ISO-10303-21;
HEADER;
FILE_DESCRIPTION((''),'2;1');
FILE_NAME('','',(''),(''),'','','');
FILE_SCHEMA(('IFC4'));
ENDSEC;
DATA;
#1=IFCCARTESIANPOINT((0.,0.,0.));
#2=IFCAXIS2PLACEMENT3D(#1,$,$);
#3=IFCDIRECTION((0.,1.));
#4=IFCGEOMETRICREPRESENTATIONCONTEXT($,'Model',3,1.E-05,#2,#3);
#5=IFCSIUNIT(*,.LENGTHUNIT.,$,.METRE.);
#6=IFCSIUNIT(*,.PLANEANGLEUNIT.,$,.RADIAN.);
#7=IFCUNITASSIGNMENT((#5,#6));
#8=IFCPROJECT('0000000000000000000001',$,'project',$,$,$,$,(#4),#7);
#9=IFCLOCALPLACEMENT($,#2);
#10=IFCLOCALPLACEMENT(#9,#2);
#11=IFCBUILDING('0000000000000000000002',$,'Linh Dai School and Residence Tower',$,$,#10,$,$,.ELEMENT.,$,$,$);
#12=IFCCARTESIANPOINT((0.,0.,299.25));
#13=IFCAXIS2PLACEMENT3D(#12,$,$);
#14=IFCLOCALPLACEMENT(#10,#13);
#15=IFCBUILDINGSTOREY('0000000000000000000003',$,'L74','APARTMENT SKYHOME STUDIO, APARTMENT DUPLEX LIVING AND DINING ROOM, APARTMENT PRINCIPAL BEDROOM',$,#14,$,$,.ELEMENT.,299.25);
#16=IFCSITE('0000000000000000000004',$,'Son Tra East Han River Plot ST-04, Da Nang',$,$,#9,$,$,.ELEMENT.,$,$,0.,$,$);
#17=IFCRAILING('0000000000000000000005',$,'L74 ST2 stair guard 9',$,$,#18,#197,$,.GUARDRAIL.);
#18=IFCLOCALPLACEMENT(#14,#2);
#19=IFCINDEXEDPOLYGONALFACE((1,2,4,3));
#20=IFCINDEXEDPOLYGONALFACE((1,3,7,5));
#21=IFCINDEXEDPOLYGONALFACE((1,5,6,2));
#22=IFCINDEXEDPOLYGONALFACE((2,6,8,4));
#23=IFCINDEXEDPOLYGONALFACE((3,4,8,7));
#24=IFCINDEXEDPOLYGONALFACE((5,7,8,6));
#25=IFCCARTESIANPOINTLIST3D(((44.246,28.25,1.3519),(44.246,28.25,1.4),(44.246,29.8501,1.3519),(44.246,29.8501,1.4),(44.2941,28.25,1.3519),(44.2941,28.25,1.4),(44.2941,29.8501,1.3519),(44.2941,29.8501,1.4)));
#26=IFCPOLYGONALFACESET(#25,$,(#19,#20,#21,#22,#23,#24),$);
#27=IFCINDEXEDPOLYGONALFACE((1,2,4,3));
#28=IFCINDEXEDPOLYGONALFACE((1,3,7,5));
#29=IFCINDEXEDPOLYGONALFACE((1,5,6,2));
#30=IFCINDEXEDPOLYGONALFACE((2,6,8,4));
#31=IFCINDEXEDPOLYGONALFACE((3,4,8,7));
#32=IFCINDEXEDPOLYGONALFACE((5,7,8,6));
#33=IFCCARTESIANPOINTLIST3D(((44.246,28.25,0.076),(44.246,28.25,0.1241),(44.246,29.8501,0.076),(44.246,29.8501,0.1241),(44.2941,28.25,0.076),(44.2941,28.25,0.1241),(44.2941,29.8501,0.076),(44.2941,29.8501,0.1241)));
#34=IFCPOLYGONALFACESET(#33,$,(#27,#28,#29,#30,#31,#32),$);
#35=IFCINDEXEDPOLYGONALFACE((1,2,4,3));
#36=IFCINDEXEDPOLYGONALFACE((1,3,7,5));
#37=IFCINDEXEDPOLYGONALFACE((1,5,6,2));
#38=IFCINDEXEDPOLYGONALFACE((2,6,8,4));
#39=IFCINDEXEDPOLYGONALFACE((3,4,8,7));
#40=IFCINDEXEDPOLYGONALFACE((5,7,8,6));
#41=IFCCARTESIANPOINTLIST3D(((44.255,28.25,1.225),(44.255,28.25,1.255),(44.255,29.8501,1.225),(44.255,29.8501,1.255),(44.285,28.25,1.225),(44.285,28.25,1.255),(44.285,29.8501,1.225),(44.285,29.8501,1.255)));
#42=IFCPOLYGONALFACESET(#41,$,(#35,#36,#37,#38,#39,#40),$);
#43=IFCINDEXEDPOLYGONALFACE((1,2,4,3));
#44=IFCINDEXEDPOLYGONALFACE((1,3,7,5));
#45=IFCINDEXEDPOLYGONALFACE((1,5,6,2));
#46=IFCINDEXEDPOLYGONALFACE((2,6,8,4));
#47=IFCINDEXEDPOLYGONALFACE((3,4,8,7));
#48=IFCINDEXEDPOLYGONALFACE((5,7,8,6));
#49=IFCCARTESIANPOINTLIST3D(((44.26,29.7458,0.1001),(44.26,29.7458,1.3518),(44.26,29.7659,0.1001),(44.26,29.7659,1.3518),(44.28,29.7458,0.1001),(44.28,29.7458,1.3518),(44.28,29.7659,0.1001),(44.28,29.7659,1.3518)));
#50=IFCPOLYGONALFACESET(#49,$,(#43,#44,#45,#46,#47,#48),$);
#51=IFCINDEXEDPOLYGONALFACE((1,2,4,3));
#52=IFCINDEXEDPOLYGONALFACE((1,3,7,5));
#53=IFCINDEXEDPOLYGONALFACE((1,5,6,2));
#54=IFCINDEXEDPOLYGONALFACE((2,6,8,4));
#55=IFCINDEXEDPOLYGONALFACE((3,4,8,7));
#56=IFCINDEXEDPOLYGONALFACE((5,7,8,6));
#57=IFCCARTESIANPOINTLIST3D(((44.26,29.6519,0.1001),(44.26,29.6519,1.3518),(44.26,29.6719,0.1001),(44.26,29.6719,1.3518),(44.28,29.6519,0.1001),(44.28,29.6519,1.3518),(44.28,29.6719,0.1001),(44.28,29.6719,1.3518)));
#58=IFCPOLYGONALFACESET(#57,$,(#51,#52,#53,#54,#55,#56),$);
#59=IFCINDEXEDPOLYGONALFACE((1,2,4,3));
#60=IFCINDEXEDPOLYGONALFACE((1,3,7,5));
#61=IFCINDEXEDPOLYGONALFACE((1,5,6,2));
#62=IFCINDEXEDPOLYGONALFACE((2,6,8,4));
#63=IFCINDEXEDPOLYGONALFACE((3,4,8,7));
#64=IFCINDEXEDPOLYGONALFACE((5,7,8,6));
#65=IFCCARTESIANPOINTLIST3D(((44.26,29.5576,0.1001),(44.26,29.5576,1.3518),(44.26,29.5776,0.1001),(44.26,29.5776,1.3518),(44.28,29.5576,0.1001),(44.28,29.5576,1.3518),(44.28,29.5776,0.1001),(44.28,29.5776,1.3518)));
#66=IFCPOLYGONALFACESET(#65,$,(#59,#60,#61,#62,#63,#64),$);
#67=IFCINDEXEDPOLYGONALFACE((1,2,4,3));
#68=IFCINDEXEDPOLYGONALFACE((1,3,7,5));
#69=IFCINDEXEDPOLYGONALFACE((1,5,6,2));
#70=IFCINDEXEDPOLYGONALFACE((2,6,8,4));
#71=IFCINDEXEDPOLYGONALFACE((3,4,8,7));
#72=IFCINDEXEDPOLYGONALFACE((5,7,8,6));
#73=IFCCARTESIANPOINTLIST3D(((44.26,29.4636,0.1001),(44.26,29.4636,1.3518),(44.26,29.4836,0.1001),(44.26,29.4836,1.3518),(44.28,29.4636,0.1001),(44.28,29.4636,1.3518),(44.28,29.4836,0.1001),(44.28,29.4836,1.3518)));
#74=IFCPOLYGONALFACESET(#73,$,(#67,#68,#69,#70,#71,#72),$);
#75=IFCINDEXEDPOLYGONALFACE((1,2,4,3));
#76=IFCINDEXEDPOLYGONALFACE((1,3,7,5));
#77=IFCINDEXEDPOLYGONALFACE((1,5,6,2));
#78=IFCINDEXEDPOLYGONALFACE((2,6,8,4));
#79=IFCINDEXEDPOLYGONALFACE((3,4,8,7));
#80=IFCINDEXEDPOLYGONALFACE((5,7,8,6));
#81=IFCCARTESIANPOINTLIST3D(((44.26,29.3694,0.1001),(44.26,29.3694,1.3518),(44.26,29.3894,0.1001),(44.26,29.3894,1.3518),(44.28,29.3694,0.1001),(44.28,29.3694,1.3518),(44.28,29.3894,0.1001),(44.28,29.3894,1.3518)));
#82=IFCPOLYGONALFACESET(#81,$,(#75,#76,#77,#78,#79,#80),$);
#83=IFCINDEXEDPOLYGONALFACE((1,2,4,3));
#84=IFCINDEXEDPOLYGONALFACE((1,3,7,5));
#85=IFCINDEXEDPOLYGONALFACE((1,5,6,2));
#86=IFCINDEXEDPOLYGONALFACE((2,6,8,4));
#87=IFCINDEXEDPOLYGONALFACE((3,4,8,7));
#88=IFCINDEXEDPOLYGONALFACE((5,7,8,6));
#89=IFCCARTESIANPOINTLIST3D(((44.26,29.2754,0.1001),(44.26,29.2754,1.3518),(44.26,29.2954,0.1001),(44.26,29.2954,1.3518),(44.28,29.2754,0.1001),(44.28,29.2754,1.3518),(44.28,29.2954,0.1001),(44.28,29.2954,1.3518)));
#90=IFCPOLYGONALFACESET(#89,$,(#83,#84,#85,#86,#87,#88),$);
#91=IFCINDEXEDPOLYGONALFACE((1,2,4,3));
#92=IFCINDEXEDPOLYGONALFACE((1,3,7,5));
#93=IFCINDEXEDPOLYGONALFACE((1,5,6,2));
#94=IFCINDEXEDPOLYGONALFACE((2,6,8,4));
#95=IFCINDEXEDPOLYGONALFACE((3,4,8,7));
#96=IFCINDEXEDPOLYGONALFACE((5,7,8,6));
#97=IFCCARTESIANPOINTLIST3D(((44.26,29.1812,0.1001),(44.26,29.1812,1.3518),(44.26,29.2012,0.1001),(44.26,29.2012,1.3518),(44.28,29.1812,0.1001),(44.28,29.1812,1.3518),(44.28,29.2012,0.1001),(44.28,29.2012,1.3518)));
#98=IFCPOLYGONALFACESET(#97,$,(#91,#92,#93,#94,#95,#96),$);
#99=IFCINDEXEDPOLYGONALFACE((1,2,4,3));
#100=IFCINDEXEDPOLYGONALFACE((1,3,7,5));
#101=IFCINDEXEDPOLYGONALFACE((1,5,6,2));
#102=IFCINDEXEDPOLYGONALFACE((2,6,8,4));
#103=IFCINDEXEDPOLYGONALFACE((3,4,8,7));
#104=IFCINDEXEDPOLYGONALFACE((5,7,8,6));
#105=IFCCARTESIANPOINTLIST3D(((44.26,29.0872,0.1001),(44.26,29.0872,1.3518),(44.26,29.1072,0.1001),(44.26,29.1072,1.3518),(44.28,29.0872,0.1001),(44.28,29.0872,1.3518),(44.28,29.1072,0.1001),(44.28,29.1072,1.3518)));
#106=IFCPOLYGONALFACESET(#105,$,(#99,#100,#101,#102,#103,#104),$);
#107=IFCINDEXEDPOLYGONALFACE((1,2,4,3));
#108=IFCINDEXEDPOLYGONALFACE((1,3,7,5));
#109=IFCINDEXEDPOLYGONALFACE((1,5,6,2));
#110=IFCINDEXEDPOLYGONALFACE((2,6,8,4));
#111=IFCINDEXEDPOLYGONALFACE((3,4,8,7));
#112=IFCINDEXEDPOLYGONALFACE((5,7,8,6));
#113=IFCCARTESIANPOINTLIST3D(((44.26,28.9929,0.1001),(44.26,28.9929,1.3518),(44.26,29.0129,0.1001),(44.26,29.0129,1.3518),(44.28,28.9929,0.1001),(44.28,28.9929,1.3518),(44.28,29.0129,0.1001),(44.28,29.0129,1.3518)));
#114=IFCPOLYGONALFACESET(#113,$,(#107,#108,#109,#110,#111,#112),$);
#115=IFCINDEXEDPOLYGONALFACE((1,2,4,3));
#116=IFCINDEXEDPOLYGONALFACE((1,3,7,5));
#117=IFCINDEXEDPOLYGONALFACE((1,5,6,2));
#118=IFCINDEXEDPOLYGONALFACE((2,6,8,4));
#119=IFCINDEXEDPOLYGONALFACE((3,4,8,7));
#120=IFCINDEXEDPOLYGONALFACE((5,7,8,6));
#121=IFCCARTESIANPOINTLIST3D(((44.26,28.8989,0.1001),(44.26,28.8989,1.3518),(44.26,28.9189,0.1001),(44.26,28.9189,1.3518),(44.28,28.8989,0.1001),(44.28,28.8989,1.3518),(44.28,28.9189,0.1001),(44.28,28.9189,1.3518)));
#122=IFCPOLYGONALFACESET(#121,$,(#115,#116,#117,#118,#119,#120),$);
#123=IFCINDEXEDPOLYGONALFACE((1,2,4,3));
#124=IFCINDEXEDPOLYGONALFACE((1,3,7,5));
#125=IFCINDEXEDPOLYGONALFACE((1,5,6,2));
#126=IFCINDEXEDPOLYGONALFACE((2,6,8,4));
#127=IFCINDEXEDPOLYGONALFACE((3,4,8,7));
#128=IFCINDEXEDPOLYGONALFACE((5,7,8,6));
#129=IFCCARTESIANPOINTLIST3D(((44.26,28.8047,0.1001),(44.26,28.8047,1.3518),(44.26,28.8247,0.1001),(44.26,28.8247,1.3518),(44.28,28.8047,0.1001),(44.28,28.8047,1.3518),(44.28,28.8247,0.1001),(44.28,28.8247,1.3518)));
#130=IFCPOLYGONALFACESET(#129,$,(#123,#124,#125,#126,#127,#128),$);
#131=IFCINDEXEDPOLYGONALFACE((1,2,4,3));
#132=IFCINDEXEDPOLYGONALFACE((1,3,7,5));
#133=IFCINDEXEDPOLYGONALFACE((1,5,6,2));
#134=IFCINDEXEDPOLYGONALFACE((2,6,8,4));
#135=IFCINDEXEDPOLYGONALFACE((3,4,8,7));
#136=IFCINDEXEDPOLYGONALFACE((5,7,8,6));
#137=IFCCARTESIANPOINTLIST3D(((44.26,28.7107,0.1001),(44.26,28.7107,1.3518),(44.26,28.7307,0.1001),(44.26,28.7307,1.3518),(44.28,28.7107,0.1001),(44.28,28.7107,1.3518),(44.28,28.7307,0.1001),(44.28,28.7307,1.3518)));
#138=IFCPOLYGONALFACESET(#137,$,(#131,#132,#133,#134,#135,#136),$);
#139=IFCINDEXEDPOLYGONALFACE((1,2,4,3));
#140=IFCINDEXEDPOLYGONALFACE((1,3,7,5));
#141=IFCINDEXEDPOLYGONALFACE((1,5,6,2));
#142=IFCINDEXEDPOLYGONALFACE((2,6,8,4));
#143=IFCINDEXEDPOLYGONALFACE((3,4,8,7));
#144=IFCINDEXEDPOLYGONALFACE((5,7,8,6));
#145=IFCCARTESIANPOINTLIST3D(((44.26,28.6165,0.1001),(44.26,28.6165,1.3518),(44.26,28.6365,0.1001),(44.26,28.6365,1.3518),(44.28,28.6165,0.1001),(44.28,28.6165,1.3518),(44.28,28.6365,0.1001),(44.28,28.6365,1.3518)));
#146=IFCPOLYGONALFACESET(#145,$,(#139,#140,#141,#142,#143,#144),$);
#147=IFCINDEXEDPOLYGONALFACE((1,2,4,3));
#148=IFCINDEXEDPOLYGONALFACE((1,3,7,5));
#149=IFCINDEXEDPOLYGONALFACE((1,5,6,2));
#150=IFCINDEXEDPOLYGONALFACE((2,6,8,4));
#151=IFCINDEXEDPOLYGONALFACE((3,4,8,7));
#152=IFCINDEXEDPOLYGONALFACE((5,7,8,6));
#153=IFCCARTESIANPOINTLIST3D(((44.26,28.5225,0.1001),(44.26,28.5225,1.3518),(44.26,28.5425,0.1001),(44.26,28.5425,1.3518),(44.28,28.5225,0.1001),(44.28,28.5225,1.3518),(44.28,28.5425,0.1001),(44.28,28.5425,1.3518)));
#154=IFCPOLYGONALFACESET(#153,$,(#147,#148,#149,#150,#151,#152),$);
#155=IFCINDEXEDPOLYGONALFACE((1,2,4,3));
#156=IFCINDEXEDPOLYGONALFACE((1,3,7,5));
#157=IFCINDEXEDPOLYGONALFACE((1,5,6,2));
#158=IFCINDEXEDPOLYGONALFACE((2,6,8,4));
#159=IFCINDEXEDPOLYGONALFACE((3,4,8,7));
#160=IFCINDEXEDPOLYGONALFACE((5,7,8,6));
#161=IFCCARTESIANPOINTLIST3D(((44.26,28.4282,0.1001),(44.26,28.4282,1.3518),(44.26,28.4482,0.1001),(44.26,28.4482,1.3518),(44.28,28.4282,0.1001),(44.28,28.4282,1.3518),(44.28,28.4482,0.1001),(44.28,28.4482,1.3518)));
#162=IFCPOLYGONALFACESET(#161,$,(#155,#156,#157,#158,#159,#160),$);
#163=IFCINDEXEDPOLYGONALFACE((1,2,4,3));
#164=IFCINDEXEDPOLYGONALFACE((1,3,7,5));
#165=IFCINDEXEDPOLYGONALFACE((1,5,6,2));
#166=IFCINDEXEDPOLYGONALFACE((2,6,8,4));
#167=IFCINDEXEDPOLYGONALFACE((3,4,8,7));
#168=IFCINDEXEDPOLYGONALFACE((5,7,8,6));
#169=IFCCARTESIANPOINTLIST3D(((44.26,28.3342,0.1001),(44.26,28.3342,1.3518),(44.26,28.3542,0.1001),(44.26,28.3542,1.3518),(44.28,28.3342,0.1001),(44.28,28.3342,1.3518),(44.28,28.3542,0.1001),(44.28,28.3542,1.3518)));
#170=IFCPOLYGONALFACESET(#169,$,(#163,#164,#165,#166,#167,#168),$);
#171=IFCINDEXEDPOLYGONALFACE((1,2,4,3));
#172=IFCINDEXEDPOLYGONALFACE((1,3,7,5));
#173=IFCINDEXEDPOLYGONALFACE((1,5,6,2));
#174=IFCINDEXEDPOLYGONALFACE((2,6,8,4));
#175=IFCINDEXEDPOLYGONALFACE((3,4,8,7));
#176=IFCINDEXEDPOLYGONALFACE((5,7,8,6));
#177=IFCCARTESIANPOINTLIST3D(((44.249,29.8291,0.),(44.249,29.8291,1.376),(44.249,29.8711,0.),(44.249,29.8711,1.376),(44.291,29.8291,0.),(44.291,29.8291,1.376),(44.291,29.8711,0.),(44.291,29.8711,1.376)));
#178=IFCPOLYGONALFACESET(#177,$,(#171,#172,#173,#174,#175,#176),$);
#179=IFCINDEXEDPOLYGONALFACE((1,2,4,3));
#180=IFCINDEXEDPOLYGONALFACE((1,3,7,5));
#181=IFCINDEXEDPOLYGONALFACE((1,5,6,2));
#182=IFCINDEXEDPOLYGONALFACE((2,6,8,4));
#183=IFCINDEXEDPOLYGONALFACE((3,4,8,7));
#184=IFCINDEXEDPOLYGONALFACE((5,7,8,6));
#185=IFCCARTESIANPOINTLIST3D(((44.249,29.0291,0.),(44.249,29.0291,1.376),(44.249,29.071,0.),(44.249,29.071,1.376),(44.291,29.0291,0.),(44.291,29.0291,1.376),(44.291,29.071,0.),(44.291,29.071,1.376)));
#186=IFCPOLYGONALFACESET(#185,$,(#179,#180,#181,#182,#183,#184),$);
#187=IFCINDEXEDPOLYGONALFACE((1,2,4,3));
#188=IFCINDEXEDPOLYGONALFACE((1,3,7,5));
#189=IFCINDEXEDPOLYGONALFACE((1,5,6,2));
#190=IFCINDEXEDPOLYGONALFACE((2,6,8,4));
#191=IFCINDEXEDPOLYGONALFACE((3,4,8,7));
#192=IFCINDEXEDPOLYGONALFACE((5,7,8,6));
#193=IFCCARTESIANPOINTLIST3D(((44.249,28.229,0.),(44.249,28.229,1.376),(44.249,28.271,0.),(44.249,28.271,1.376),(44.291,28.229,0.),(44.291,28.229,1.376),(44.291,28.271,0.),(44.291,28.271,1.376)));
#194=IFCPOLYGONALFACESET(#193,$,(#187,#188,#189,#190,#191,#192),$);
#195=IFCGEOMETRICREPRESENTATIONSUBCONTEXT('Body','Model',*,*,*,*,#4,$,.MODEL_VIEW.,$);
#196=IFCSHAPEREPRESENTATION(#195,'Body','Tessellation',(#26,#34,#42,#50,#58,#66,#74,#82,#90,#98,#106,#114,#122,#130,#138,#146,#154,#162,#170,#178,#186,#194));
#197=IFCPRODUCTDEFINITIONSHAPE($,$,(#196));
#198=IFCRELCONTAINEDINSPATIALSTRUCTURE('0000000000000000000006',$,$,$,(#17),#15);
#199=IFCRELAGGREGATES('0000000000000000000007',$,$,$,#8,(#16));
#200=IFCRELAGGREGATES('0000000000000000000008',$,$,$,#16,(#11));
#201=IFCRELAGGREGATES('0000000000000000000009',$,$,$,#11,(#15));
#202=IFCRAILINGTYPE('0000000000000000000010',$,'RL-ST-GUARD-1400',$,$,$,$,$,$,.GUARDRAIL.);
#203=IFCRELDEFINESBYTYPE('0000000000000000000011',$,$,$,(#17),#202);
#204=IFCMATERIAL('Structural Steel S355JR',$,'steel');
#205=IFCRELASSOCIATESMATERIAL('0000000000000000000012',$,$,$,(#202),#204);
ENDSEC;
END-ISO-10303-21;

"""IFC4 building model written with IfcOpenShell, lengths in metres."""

from ifc_helpers import new_model, si_unit, direction, frame, origin, origin_2d, place, context, subcontext, project, spatial, rectangle, extrude, source, transform, mapped, material, type_object, element, save


model = new_model("IFC4")

# Units and contexts
model_context = context("Model", 3, precision=1e-05, world=origin(), true_north=direction((0.0, 1.0)))
body_context = subcontext(model_context, "Body", "Model", "MODEL_VIEW")
ifc_project = project(units=[si_unit("LENGTHUNIT", "METRE"), si_unit("PLANEANGLEUNIT", "RADIAN")], contexts=[model_context])

# Site, building, storey
site_placement = place(None, origin())
site = spatial("IfcSite", under=ifc_project, at=site_placement, Name="Son Tra East Han River Plot ST-04, Da Nang", CompositionType="ELEMENT", RefElevation=0.0)
building_placement = place(site_placement, origin())
building = spatial("IfcBuilding", under=site, at=building_placement, Name="Linh Dai School and Residence Tower", CompositionType="ELEMENT")
storey_placement = place(building_placement, frame((0.0, 0.0, 299.25)))
storey = spatial("IfcBuildingStorey", under=building, at=storey_placement, Name="L74", Description="APARTMENT SKYHOME STUDIO, APARTMENT DUPLEX LIVING AND DINING ROOM, APARTMENT PRINCIPAL BEDROOM", CompositionType="ELEMENT", Elevation=299.25)

# Shared definitions
ifc_material_1 = material(Name="Structural Steel S355JR", Category="steel")

# Railing
railing_type_1 = type_object("IfcRailingType", Name="RL-ST-GUARD-1400", PredefinedType="GUARDRAIL", material=ifc_material_1)
shared_shape_1 = source(origin(), body_context, "Body", "SweptSolid", [
    extrude(rectangle(XDim=0.0481, YDim=0.0481, at=origin_2d()), frame((0.0, 0.0, 1.376), z_axis=(0.0, -1.0, 0.0), x_axis=(1.0, 0.0, 0.0)), (0.0, 0.0, 1.0), 1.6001),
    extrude(rectangle(XDim=0.0481, YDim=0.0481, at=origin_2d()), frame((0.0, 0.0, 0.1001), z_axis=(0.0, -1.0, 0.0), x_axis=(1.0, 0.0, 0.0)), (0.0, 0.0, 1.0), 1.6001),
    extrude(rectangle(XDim=0.03, YDim=0.03, at=origin_2d()), frame((0.0, 0.0, 1.24), z_axis=(0.0, -1.0, 0.0), x_axis=(1.0, 0.0, 0.0)), (0.0, 0.0, 1.0), 1.6001),
    extrude(rectangle(XDim=0.02, YDim=0.02, at=origin_2d()), frame((0.0, -0.0942, 0.1001)), (0.0, 0.0, 1.0), 1.2517),
    extrude(rectangle(XDim=0.02, YDim=0.02, at=origin_2d()), frame((0.0, -0.1882, 0.1001)), (0.0, 0.0, 1.0), 1.2517),
    extrude(rectangle(XDim=0.02, YDim=0.02, at=origin_2d()), frame((0.0, -0.2825, 0.1001)), (0.0, 0.0, 1.0), 1.2517),
    extrude(rectangle(XDim=0.02, YDim=0.02, at=origin_2d()), frame((0.0, -0.3765, 0.1001)), (0.0, 0.0, 1.0), 1.2517),
    extrude(rectangle(XDim=0.02, YDim=0.02, at=origin_2d()), frame((0.0, -0.4707, 0.1001)), (0.0, 0.0, 1.0), 1.2517),
    extrude(rectangle(XDim=0.02, YDim=0.02, at=origin_2d()), frame((0.0, -0.5647, 0.1001)), (0.0, 0.0, 1.0), 1.2517),
    extrude(rectangle(XDim=0.02, YDim=0.02, at=origin_2d()), frame((0.0, -0.6589, 0.1001)), (0.0, 0.0, 1.0), 1.2517),
    extrude(rectangle(XDim=0.02, YDim=0.02, at=origin_2d()), frame((0.0, -0.7529, 0.1001)), (0.0, 0.0, 1.0), 1.2517),
    extrude(rectangle(XDim=0.02, YDim=0.02, at=origin_2d()), frame((0.0, -0.8472, 0.1001)), (0.0, 0.0, 1.0), 1.2517),
    extrude(rectangle(XDim=0.02, YDim=0.02, at=origin_2d()), frame((0.0, -0.9412, 0.1001)), (0.0, 0.0, 1.0), 1.2517),
    extrude(rectangle(XDim=0.02, YDim=0.02, at=origin_2d()), frame((0.0, -1.0354, 0.1001)), (0.0, 0.0, 1.0), 1.2517),
    extrude(rectangle(XDim=0.02, YDim=0.02, at=origin_2d()), frame((0.0, -1.1294, 0.1001)), (0.0, 0.0, 1.0), 1.2517),
    extrude(rectangle(XDim=0.02, YDim=0.02, at=origin_2d()), frame((0.0, -1.2236, 0.1001)), (0.0, 0.0, 1.0), 1.2517),
    extrude(rectangle(XDim=0.02, YDim=0.02, at=origin_2d()), frame((0.0, -1.3176, 0.1001)), (0.0, 0.0, 1.0), 1.2517),
    extrude(rectangle(XDim=0.02, YDim=0.02, at=origin_2d()), frame((0.0, -1.4119, 0.1001)), (0.0, 0.0, 1.0), 1.2517),
    extrude(rectangle(XDim=0.02, YDim=0.02, at=origin_2d()), frame((0.0, -1.5059, 0.1001)), (0.0, 0.0, 1.0), 1.2517),
    extrude(rectangle(XDim=0.042, YDim=0.042, at=origin_2d()), origin(), (0.0, 0.0, 1.0), 1.376),
    extrude(rectangle(XDim=0.042, YDim=0.042, at=origin_2d()), frame((0.0, -0.8, 0.0)), (0.0, 0.0, 1.0), 1.376),
    extrude(rectangle(XDim=0.042, YDim=0.042, at=origin_2d()), frame((0.0, -1.6001, 0.0)), (0.0, 0.0, 1.0), 1.376),
])
for number, where, name in (
    (1, (44.27, 29.8501, 0.0), "L74 ST2 stair guard 9"),
):
    element("IfcRailing", number, at=place(storey_placement, frame(where)), inside=storey, type_object=railing_type_1, Name=name, PredefinedType="GUARDRAIL", context=body_context, shape_type="MappedRepresentation", body=[
        mapped(shared_shape_1, transform((0.0, 0.0, 0.0), x_axis=(1.0, 0.0, 0.0), y_axis=(0.0, 1.0, 0.0), z_axis=(0.0, 0.0, 1.0), scale=1.0)),
    ])

save(model, "model.ifc")
